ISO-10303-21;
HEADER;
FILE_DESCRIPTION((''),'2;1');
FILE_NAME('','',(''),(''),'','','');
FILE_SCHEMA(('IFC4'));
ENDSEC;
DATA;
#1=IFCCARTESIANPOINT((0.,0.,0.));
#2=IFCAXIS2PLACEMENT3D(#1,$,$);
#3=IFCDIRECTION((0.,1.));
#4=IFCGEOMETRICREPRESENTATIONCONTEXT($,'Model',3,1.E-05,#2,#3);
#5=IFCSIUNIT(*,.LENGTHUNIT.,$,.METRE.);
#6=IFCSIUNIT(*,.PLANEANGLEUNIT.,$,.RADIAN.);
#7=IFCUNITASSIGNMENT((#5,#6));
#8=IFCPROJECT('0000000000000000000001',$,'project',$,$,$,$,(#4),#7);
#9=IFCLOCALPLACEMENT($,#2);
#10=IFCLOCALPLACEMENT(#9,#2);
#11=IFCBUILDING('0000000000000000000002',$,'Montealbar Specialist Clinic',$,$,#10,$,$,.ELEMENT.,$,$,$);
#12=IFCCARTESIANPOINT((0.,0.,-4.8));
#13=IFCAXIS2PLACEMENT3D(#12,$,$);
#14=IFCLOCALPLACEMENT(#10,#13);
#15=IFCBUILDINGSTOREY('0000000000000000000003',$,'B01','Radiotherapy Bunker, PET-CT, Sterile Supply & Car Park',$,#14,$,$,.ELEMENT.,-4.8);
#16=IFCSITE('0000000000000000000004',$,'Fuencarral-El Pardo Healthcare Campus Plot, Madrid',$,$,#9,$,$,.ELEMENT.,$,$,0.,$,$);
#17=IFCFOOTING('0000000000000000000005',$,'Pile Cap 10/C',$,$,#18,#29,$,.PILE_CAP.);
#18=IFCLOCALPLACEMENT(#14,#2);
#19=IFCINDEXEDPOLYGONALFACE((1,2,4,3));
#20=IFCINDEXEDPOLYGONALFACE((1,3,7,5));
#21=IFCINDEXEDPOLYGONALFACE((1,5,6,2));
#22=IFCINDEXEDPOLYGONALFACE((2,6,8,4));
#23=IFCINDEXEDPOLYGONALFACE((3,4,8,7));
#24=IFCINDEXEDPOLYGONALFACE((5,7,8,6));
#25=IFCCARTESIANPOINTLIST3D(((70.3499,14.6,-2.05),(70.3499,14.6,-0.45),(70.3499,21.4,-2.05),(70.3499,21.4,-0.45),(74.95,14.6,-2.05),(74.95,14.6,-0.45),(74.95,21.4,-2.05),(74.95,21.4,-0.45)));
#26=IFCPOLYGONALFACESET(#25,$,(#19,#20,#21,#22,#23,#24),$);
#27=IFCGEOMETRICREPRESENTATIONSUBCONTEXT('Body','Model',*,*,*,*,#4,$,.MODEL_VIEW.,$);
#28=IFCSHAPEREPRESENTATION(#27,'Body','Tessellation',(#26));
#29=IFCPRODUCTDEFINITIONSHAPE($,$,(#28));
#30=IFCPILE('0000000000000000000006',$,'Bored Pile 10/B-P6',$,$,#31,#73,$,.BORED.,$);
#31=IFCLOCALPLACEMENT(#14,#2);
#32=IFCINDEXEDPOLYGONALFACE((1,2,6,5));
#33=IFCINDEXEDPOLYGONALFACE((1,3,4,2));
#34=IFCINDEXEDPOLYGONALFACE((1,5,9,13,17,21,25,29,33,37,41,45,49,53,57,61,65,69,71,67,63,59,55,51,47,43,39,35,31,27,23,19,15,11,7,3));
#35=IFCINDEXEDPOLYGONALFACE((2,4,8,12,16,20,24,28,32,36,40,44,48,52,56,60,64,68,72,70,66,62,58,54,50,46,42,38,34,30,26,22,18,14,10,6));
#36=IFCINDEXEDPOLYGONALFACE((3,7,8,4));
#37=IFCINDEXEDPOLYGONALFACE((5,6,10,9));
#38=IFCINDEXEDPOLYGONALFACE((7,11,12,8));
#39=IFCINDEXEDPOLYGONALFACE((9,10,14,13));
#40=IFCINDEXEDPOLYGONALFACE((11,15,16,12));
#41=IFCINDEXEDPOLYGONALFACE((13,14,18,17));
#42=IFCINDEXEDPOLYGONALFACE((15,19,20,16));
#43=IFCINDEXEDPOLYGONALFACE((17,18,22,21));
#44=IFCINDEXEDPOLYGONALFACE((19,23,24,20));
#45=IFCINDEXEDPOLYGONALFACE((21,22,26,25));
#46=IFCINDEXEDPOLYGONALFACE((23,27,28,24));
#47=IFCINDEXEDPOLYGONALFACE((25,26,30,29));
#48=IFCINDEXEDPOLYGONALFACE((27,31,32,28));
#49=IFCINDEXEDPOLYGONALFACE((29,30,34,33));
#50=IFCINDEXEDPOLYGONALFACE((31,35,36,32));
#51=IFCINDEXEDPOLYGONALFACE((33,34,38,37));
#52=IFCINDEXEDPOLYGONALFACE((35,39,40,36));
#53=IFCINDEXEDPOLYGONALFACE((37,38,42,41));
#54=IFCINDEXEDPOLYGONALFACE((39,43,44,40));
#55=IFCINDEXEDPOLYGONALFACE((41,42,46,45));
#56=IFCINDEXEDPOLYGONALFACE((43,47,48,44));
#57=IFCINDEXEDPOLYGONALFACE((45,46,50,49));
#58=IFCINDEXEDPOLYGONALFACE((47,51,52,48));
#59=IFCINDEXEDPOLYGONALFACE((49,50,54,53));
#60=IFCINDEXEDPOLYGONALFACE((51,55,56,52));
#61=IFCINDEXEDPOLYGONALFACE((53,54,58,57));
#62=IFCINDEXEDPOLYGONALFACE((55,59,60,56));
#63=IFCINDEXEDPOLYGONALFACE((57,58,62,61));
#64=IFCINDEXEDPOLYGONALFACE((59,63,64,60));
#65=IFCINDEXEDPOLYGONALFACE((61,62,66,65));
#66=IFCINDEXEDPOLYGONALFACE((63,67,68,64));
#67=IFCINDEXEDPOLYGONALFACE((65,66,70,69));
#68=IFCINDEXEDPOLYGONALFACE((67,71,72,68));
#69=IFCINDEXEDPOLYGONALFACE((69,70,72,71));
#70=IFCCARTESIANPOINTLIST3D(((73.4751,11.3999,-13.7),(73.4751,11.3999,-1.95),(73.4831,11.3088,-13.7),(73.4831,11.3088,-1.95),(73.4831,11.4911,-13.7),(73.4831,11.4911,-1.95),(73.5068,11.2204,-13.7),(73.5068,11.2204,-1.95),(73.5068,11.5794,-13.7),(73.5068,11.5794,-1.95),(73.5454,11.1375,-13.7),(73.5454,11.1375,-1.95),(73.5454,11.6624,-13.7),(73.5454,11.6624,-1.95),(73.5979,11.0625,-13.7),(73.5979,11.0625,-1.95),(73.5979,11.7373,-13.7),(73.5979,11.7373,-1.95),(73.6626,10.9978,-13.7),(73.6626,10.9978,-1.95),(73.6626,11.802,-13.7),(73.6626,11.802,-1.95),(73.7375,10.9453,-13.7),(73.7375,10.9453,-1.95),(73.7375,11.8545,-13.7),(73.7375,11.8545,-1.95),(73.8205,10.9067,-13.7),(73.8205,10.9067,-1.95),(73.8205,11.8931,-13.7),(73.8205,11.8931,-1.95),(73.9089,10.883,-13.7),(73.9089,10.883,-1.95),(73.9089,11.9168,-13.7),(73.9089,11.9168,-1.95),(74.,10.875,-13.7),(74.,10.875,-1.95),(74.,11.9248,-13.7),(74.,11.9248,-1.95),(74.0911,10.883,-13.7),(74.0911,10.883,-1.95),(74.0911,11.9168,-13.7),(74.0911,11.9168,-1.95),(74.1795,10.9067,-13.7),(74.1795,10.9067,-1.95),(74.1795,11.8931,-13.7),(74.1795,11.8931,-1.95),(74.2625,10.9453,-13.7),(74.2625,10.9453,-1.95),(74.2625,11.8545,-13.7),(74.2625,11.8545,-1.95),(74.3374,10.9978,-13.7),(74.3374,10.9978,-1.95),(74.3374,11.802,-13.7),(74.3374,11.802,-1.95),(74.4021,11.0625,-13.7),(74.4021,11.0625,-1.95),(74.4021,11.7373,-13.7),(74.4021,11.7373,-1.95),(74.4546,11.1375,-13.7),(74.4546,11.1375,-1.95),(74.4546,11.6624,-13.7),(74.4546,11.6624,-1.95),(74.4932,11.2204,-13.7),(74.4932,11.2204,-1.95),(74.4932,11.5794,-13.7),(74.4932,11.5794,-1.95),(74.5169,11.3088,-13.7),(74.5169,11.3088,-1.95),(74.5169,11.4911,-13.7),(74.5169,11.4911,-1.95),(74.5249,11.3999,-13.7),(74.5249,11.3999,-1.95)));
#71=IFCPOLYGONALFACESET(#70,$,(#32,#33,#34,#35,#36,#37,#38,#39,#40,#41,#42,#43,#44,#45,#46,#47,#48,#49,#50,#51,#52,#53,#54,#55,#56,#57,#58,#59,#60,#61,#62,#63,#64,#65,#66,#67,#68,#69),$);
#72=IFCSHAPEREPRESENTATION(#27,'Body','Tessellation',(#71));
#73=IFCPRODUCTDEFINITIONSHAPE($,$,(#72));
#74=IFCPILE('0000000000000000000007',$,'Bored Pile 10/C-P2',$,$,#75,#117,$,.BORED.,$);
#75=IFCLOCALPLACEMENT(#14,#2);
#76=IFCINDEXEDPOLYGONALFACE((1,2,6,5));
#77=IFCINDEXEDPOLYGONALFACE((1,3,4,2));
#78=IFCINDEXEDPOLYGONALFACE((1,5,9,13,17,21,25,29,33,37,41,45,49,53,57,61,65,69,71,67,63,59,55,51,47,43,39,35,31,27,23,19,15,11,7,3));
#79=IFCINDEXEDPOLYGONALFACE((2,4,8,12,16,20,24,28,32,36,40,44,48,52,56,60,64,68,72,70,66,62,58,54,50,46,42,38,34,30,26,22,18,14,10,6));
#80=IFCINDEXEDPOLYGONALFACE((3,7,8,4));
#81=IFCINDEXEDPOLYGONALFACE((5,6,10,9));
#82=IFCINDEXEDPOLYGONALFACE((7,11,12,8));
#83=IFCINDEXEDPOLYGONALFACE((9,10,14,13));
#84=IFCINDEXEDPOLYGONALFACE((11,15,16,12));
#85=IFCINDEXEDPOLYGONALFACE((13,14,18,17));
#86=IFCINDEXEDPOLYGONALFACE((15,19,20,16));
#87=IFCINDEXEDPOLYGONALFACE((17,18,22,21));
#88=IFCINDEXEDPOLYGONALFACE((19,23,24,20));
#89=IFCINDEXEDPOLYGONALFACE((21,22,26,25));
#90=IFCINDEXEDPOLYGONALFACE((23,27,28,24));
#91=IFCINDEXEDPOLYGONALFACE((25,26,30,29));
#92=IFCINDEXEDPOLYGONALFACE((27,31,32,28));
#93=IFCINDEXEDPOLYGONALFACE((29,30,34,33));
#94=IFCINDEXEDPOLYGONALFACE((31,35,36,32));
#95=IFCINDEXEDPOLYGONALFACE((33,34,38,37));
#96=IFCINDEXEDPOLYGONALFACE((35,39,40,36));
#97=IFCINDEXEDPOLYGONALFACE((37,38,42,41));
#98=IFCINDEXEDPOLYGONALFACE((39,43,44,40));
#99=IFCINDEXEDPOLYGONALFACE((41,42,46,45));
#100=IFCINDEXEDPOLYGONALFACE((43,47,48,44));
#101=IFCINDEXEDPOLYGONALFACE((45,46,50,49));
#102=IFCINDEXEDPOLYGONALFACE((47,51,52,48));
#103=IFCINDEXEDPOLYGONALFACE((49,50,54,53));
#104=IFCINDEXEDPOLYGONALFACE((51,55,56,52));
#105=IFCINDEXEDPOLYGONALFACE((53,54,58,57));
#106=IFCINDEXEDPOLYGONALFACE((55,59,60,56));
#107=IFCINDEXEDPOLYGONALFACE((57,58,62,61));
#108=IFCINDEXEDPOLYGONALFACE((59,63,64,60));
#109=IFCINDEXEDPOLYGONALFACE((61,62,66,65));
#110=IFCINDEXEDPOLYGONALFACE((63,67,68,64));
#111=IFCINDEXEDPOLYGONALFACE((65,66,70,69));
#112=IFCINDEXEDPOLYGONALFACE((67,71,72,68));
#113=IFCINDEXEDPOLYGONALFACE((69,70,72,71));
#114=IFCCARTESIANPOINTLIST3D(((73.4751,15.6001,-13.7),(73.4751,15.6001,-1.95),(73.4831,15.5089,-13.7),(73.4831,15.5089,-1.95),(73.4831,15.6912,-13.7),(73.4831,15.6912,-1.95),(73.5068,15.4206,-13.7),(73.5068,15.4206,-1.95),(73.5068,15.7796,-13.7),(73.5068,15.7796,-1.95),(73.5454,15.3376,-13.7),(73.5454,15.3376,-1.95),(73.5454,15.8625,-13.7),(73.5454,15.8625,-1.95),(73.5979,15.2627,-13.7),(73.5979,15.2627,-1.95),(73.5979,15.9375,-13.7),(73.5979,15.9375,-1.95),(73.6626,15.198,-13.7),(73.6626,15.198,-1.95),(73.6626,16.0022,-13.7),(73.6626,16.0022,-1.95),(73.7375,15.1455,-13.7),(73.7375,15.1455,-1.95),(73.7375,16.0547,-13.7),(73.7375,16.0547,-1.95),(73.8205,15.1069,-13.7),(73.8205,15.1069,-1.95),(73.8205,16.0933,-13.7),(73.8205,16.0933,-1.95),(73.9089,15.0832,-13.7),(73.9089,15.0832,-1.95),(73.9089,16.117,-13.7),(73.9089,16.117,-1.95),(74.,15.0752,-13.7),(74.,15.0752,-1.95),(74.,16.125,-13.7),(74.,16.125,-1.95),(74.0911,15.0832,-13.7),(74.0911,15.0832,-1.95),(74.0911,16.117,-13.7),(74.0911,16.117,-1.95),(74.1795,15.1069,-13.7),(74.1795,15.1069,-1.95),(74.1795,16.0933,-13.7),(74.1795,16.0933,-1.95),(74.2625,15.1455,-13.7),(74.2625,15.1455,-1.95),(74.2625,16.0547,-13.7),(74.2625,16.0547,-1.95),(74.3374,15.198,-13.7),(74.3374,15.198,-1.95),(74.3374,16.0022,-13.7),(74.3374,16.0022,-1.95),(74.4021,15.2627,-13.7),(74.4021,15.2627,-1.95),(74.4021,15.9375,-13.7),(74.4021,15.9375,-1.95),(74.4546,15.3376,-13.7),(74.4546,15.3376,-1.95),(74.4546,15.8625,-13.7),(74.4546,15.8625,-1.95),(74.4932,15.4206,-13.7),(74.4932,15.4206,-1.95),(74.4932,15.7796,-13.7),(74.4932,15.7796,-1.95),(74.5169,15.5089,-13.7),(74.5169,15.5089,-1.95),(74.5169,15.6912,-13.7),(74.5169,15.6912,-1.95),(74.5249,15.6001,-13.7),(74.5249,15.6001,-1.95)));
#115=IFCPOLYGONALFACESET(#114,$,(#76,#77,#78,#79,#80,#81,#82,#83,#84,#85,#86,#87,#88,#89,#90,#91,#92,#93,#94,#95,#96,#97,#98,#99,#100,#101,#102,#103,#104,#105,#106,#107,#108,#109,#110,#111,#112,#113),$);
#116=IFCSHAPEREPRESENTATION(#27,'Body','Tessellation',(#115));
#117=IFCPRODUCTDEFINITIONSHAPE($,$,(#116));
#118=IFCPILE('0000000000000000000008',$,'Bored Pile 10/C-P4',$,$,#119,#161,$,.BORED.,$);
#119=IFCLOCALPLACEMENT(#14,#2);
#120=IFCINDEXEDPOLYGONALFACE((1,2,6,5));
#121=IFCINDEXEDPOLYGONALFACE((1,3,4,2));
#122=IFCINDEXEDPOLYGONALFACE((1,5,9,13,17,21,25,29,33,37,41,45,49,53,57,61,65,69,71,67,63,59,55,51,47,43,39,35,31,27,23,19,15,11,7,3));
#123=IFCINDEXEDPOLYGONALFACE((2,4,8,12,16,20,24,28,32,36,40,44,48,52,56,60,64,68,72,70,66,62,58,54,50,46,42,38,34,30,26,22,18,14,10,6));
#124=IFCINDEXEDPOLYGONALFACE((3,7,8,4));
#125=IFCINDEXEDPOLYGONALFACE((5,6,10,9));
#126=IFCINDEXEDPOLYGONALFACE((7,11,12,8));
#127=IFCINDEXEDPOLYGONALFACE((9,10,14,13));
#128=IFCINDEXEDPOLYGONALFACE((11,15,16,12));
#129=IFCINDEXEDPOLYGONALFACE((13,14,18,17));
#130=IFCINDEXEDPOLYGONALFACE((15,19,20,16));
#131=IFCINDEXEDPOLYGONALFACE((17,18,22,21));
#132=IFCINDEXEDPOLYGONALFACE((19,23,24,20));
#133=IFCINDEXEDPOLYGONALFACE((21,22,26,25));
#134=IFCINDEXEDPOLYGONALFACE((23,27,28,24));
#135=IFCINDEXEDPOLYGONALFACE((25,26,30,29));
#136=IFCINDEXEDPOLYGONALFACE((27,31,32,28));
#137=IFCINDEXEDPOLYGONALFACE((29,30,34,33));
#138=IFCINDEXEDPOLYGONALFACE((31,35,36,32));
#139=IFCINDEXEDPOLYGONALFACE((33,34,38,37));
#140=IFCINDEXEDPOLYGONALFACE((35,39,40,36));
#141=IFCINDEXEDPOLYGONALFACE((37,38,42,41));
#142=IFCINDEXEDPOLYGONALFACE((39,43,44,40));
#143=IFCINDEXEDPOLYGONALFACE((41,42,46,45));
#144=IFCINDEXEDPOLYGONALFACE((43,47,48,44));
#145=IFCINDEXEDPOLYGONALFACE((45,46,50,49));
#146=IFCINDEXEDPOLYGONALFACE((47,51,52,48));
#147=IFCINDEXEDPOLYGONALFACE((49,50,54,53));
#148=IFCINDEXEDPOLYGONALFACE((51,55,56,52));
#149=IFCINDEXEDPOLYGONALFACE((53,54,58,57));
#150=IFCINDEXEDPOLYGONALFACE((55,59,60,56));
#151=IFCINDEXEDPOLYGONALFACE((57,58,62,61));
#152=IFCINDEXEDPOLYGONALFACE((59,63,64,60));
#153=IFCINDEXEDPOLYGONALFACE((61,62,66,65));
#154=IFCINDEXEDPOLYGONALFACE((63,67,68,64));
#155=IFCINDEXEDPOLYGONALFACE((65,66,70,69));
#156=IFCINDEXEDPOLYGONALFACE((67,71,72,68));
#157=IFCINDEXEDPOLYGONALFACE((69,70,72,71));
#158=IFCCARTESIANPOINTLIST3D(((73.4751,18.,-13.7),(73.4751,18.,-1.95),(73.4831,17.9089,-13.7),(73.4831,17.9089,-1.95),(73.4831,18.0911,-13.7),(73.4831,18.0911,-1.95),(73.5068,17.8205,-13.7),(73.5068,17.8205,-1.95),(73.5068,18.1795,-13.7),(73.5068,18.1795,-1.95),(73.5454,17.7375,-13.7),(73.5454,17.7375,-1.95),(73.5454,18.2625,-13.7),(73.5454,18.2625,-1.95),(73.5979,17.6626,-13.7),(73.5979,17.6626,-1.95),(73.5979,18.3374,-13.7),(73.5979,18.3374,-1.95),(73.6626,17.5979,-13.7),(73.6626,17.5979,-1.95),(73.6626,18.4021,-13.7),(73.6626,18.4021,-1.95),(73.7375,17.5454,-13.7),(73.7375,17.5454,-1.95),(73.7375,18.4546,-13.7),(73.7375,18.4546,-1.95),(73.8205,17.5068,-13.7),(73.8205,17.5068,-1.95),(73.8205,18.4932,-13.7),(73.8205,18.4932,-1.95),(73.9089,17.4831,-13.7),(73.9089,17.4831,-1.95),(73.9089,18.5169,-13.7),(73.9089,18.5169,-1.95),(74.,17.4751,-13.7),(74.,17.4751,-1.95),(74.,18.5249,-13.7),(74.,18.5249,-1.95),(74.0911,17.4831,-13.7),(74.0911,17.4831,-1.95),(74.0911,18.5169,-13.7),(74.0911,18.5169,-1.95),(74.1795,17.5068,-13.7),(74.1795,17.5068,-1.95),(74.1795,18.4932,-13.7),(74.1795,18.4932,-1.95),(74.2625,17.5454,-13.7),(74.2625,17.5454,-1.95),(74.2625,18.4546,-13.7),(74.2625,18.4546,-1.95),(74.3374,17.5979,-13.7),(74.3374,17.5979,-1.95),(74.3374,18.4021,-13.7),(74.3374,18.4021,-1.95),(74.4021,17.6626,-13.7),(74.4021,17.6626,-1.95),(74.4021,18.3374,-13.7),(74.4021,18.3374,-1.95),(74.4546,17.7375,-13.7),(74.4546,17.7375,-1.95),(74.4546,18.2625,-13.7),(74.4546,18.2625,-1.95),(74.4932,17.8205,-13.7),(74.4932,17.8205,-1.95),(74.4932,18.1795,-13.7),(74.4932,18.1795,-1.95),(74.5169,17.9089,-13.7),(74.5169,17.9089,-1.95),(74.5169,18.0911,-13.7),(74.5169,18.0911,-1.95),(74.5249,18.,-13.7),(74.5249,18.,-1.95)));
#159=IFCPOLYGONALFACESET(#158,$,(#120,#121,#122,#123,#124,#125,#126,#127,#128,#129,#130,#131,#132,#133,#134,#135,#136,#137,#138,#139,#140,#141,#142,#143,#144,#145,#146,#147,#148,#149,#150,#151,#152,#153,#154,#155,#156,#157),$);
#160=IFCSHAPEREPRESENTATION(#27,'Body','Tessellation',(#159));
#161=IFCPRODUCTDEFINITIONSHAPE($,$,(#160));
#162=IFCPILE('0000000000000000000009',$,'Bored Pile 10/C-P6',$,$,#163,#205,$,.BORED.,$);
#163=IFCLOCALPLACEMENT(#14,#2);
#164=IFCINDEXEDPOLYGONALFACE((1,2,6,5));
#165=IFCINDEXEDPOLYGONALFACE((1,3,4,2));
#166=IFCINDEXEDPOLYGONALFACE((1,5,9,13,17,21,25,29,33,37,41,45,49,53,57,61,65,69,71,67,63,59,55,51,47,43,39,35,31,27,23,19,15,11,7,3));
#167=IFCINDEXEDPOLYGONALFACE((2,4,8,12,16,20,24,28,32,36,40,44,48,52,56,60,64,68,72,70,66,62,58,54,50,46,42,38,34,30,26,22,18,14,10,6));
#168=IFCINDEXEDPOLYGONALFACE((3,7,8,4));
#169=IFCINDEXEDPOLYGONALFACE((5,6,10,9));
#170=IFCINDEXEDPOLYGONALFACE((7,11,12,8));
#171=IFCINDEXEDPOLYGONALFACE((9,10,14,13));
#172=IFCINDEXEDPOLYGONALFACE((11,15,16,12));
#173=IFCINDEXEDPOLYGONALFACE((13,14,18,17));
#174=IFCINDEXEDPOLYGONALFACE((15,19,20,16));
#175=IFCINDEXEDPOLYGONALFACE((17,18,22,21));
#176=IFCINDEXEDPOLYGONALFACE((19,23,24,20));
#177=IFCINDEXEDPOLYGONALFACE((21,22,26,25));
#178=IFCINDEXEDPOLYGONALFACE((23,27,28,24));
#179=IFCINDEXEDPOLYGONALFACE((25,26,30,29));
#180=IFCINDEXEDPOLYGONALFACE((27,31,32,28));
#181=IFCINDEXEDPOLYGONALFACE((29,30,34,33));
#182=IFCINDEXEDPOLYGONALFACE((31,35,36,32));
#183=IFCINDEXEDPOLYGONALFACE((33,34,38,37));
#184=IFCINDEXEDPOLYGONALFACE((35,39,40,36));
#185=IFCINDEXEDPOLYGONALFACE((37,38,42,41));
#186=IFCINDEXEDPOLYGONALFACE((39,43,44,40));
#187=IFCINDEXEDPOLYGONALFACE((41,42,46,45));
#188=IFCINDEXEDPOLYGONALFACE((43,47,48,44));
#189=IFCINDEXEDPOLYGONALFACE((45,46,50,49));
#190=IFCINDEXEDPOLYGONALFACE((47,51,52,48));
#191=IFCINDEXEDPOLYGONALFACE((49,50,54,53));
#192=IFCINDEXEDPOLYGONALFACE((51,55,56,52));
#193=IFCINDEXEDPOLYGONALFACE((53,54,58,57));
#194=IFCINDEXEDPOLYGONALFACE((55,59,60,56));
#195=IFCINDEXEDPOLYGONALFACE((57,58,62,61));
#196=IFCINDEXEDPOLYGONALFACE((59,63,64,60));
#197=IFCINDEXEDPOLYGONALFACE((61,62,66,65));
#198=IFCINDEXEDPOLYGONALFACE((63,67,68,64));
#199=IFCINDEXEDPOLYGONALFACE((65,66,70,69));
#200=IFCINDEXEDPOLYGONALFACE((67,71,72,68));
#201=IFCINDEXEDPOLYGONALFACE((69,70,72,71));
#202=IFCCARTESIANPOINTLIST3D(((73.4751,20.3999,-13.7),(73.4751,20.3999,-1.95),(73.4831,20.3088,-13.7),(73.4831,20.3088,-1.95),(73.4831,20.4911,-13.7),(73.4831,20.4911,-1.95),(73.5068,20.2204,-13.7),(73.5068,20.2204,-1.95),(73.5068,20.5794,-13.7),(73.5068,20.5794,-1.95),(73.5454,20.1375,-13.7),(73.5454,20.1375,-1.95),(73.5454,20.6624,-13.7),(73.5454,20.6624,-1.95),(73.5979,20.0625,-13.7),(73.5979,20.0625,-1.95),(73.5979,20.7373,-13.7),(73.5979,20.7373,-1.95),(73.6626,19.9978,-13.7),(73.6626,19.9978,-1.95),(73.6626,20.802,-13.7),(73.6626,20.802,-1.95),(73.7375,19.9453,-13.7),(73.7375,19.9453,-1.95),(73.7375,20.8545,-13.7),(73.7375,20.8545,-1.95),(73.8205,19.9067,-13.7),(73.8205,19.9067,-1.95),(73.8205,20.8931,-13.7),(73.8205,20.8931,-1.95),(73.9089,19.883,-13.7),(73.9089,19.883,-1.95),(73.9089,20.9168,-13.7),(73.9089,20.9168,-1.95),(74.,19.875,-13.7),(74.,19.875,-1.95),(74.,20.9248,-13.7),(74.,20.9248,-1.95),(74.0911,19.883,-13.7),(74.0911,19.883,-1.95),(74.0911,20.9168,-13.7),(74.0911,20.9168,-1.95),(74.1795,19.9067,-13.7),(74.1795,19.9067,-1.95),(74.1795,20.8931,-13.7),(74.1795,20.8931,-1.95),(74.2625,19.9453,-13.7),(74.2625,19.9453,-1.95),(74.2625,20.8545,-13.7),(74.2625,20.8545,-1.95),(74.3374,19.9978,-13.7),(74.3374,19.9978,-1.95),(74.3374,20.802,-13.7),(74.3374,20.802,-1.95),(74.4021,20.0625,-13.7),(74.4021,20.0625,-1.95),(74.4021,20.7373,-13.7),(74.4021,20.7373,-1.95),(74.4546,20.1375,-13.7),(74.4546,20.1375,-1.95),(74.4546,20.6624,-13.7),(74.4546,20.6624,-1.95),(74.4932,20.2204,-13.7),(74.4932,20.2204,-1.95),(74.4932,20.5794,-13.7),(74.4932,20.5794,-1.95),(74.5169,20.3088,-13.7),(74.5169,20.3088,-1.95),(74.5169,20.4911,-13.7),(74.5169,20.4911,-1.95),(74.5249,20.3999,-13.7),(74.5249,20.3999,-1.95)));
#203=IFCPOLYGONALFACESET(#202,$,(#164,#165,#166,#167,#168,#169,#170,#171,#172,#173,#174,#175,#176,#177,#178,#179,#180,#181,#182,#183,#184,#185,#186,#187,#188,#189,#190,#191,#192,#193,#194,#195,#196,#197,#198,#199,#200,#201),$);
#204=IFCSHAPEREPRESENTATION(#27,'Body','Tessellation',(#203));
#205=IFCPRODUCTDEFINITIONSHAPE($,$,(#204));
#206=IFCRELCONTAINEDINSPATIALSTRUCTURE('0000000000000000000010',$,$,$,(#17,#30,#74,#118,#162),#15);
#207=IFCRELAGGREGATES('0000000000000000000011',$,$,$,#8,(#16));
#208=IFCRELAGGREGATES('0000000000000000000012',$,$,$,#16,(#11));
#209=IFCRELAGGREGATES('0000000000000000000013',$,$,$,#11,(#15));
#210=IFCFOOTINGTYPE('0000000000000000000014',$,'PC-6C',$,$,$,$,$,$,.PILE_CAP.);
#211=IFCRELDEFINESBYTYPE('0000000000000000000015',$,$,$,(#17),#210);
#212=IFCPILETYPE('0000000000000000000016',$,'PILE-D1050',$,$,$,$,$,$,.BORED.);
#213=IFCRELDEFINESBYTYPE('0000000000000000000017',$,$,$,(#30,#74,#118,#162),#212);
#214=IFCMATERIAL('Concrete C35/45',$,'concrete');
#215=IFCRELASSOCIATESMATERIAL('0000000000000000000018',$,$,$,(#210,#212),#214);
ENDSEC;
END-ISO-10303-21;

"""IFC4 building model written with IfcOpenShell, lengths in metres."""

from ifc_helpers import new_model, si_unit, direction, frame, origin, origin_2d, place, context, subcontext, project, spatial, rectangle, circle, extrude, material, material_profile, profile_set, type_object, element, save


model = new_model("IFC4")

# Units and contexts
model_context = context("Model", 3, precision=1e-05, world=origin(), true_north=direction((0.0, 1.0)))
body_context = subcontext(model_context, "Body", "Model", "MODEL_VIEW")
ifc_project = project(units=[si_unit("LENGTHUNIT", "METRE"), si_unit("PLANEANGLEUNIT", "RADIAN")], contexts=[model_context])

# Site, building, storey
site_placement = place(None, origin())
site = spatial("IfcSite", under=ifc_project, at=site_placement, Name="Fuencarral-El Pardo Healthcare Campus Plot, Madrid", CompositionType="ELEMENT", RefElevation=0.0)
building_placement = place(site_placement, origin())
building = spatial("IfcBuilding", under=site, at=building_placement, Name="Montealbar Specialist Clinic", CompositionType="ELEMENT")
storey_placement = place(building_placement, frame((0.0, 0.0, -4.8)))
storey = spatial("IfcBuildingStorey", under=building, at=storey_placement, Name="B01", Description="Radiotherapy Bunker, PET-CT, Sterile Supply & Car Park", CompositionType="ELEMENT", Elevation=-4.8)

# Footing
ifc_material_1 = material(Name="Concrete C35/45", Category="concrete")
footing_type = type_object("IfcFootingType", Name="PC-6C", PredefinedType="PILE_CAP", material=ifc_material_1)
footing_placement = place(storey_placement, frame((72.6499, 18.0, -2.05), z_axis=(0.0, 0.0, 1.0), x_axis=(1.0, 0.0, 0.0)))
element("IfcFooting", 1, at=footing_placement, inside=storey, type_object=footing_type, Name="Pile Cap 10/C", PredefinedType="PILE_CAP", context=body_context, shape_type="SweptSolid", body=[
    extrude(rectangle(XDim=4.6001, YDim=6.8, at=origin_2d()), origin(), (0.0, 0.0, 1.0), 1.6001),
])

# Piles
ifc_material_profile_1 = material_profile(ifc_material_1, circle(Radius=0.5249, at=origin_2d()), Name="PILE D1050", Category="concrete")
ifc_profile_set_1 = profile_set([ifc_material_profile_1], Name="Concrete C35/45")
pile_type = type_object("IfcPileType", Name="PILE-D1050", PredefinedType="BORED", material=ifc_profile_set_1)
for number, where, z_axis, x_axis, name in (
    (2, (74.0, 11.3999, -1.95), (0.0, 0.0, -1.0), (1.0, 0.0, 0.0), "Bored Pile 10/B-P6"),
    (3, (74.0, 15.6001, -1.95), (0.0, 0.0, -1.0), (1.0, 0.0, 0.0), "Bored Pile 10/C-P2"),
    (4, (74.0, 18.0, -1.95), (0.0, 0.0, -1.0), (1.0, 0.0, 0.0), "Bored Pile 10/C-P4"),
    (5, (74.0, 20.3999, -1.95), (0.0, 0.0, -1.0), (1.0, 0.0, 0.0), "Bored Pile 10/C-P6"),
):
    element("IfcPile", number, at=place(storey_placement, frame(where, z_axis=z_axis, x_axis=x_axis)), inside=storey, type_object=pile_type, Name=name, PredefinedType="BORED", context=body_context, shape_type="SweptSolid", body=[
        extrude(circle(Radius=0.5249, at=origin_2d()), origin(), (0.0, 0.0, 1.0), 11.75),
    ])

save(model, "model.ifc")
